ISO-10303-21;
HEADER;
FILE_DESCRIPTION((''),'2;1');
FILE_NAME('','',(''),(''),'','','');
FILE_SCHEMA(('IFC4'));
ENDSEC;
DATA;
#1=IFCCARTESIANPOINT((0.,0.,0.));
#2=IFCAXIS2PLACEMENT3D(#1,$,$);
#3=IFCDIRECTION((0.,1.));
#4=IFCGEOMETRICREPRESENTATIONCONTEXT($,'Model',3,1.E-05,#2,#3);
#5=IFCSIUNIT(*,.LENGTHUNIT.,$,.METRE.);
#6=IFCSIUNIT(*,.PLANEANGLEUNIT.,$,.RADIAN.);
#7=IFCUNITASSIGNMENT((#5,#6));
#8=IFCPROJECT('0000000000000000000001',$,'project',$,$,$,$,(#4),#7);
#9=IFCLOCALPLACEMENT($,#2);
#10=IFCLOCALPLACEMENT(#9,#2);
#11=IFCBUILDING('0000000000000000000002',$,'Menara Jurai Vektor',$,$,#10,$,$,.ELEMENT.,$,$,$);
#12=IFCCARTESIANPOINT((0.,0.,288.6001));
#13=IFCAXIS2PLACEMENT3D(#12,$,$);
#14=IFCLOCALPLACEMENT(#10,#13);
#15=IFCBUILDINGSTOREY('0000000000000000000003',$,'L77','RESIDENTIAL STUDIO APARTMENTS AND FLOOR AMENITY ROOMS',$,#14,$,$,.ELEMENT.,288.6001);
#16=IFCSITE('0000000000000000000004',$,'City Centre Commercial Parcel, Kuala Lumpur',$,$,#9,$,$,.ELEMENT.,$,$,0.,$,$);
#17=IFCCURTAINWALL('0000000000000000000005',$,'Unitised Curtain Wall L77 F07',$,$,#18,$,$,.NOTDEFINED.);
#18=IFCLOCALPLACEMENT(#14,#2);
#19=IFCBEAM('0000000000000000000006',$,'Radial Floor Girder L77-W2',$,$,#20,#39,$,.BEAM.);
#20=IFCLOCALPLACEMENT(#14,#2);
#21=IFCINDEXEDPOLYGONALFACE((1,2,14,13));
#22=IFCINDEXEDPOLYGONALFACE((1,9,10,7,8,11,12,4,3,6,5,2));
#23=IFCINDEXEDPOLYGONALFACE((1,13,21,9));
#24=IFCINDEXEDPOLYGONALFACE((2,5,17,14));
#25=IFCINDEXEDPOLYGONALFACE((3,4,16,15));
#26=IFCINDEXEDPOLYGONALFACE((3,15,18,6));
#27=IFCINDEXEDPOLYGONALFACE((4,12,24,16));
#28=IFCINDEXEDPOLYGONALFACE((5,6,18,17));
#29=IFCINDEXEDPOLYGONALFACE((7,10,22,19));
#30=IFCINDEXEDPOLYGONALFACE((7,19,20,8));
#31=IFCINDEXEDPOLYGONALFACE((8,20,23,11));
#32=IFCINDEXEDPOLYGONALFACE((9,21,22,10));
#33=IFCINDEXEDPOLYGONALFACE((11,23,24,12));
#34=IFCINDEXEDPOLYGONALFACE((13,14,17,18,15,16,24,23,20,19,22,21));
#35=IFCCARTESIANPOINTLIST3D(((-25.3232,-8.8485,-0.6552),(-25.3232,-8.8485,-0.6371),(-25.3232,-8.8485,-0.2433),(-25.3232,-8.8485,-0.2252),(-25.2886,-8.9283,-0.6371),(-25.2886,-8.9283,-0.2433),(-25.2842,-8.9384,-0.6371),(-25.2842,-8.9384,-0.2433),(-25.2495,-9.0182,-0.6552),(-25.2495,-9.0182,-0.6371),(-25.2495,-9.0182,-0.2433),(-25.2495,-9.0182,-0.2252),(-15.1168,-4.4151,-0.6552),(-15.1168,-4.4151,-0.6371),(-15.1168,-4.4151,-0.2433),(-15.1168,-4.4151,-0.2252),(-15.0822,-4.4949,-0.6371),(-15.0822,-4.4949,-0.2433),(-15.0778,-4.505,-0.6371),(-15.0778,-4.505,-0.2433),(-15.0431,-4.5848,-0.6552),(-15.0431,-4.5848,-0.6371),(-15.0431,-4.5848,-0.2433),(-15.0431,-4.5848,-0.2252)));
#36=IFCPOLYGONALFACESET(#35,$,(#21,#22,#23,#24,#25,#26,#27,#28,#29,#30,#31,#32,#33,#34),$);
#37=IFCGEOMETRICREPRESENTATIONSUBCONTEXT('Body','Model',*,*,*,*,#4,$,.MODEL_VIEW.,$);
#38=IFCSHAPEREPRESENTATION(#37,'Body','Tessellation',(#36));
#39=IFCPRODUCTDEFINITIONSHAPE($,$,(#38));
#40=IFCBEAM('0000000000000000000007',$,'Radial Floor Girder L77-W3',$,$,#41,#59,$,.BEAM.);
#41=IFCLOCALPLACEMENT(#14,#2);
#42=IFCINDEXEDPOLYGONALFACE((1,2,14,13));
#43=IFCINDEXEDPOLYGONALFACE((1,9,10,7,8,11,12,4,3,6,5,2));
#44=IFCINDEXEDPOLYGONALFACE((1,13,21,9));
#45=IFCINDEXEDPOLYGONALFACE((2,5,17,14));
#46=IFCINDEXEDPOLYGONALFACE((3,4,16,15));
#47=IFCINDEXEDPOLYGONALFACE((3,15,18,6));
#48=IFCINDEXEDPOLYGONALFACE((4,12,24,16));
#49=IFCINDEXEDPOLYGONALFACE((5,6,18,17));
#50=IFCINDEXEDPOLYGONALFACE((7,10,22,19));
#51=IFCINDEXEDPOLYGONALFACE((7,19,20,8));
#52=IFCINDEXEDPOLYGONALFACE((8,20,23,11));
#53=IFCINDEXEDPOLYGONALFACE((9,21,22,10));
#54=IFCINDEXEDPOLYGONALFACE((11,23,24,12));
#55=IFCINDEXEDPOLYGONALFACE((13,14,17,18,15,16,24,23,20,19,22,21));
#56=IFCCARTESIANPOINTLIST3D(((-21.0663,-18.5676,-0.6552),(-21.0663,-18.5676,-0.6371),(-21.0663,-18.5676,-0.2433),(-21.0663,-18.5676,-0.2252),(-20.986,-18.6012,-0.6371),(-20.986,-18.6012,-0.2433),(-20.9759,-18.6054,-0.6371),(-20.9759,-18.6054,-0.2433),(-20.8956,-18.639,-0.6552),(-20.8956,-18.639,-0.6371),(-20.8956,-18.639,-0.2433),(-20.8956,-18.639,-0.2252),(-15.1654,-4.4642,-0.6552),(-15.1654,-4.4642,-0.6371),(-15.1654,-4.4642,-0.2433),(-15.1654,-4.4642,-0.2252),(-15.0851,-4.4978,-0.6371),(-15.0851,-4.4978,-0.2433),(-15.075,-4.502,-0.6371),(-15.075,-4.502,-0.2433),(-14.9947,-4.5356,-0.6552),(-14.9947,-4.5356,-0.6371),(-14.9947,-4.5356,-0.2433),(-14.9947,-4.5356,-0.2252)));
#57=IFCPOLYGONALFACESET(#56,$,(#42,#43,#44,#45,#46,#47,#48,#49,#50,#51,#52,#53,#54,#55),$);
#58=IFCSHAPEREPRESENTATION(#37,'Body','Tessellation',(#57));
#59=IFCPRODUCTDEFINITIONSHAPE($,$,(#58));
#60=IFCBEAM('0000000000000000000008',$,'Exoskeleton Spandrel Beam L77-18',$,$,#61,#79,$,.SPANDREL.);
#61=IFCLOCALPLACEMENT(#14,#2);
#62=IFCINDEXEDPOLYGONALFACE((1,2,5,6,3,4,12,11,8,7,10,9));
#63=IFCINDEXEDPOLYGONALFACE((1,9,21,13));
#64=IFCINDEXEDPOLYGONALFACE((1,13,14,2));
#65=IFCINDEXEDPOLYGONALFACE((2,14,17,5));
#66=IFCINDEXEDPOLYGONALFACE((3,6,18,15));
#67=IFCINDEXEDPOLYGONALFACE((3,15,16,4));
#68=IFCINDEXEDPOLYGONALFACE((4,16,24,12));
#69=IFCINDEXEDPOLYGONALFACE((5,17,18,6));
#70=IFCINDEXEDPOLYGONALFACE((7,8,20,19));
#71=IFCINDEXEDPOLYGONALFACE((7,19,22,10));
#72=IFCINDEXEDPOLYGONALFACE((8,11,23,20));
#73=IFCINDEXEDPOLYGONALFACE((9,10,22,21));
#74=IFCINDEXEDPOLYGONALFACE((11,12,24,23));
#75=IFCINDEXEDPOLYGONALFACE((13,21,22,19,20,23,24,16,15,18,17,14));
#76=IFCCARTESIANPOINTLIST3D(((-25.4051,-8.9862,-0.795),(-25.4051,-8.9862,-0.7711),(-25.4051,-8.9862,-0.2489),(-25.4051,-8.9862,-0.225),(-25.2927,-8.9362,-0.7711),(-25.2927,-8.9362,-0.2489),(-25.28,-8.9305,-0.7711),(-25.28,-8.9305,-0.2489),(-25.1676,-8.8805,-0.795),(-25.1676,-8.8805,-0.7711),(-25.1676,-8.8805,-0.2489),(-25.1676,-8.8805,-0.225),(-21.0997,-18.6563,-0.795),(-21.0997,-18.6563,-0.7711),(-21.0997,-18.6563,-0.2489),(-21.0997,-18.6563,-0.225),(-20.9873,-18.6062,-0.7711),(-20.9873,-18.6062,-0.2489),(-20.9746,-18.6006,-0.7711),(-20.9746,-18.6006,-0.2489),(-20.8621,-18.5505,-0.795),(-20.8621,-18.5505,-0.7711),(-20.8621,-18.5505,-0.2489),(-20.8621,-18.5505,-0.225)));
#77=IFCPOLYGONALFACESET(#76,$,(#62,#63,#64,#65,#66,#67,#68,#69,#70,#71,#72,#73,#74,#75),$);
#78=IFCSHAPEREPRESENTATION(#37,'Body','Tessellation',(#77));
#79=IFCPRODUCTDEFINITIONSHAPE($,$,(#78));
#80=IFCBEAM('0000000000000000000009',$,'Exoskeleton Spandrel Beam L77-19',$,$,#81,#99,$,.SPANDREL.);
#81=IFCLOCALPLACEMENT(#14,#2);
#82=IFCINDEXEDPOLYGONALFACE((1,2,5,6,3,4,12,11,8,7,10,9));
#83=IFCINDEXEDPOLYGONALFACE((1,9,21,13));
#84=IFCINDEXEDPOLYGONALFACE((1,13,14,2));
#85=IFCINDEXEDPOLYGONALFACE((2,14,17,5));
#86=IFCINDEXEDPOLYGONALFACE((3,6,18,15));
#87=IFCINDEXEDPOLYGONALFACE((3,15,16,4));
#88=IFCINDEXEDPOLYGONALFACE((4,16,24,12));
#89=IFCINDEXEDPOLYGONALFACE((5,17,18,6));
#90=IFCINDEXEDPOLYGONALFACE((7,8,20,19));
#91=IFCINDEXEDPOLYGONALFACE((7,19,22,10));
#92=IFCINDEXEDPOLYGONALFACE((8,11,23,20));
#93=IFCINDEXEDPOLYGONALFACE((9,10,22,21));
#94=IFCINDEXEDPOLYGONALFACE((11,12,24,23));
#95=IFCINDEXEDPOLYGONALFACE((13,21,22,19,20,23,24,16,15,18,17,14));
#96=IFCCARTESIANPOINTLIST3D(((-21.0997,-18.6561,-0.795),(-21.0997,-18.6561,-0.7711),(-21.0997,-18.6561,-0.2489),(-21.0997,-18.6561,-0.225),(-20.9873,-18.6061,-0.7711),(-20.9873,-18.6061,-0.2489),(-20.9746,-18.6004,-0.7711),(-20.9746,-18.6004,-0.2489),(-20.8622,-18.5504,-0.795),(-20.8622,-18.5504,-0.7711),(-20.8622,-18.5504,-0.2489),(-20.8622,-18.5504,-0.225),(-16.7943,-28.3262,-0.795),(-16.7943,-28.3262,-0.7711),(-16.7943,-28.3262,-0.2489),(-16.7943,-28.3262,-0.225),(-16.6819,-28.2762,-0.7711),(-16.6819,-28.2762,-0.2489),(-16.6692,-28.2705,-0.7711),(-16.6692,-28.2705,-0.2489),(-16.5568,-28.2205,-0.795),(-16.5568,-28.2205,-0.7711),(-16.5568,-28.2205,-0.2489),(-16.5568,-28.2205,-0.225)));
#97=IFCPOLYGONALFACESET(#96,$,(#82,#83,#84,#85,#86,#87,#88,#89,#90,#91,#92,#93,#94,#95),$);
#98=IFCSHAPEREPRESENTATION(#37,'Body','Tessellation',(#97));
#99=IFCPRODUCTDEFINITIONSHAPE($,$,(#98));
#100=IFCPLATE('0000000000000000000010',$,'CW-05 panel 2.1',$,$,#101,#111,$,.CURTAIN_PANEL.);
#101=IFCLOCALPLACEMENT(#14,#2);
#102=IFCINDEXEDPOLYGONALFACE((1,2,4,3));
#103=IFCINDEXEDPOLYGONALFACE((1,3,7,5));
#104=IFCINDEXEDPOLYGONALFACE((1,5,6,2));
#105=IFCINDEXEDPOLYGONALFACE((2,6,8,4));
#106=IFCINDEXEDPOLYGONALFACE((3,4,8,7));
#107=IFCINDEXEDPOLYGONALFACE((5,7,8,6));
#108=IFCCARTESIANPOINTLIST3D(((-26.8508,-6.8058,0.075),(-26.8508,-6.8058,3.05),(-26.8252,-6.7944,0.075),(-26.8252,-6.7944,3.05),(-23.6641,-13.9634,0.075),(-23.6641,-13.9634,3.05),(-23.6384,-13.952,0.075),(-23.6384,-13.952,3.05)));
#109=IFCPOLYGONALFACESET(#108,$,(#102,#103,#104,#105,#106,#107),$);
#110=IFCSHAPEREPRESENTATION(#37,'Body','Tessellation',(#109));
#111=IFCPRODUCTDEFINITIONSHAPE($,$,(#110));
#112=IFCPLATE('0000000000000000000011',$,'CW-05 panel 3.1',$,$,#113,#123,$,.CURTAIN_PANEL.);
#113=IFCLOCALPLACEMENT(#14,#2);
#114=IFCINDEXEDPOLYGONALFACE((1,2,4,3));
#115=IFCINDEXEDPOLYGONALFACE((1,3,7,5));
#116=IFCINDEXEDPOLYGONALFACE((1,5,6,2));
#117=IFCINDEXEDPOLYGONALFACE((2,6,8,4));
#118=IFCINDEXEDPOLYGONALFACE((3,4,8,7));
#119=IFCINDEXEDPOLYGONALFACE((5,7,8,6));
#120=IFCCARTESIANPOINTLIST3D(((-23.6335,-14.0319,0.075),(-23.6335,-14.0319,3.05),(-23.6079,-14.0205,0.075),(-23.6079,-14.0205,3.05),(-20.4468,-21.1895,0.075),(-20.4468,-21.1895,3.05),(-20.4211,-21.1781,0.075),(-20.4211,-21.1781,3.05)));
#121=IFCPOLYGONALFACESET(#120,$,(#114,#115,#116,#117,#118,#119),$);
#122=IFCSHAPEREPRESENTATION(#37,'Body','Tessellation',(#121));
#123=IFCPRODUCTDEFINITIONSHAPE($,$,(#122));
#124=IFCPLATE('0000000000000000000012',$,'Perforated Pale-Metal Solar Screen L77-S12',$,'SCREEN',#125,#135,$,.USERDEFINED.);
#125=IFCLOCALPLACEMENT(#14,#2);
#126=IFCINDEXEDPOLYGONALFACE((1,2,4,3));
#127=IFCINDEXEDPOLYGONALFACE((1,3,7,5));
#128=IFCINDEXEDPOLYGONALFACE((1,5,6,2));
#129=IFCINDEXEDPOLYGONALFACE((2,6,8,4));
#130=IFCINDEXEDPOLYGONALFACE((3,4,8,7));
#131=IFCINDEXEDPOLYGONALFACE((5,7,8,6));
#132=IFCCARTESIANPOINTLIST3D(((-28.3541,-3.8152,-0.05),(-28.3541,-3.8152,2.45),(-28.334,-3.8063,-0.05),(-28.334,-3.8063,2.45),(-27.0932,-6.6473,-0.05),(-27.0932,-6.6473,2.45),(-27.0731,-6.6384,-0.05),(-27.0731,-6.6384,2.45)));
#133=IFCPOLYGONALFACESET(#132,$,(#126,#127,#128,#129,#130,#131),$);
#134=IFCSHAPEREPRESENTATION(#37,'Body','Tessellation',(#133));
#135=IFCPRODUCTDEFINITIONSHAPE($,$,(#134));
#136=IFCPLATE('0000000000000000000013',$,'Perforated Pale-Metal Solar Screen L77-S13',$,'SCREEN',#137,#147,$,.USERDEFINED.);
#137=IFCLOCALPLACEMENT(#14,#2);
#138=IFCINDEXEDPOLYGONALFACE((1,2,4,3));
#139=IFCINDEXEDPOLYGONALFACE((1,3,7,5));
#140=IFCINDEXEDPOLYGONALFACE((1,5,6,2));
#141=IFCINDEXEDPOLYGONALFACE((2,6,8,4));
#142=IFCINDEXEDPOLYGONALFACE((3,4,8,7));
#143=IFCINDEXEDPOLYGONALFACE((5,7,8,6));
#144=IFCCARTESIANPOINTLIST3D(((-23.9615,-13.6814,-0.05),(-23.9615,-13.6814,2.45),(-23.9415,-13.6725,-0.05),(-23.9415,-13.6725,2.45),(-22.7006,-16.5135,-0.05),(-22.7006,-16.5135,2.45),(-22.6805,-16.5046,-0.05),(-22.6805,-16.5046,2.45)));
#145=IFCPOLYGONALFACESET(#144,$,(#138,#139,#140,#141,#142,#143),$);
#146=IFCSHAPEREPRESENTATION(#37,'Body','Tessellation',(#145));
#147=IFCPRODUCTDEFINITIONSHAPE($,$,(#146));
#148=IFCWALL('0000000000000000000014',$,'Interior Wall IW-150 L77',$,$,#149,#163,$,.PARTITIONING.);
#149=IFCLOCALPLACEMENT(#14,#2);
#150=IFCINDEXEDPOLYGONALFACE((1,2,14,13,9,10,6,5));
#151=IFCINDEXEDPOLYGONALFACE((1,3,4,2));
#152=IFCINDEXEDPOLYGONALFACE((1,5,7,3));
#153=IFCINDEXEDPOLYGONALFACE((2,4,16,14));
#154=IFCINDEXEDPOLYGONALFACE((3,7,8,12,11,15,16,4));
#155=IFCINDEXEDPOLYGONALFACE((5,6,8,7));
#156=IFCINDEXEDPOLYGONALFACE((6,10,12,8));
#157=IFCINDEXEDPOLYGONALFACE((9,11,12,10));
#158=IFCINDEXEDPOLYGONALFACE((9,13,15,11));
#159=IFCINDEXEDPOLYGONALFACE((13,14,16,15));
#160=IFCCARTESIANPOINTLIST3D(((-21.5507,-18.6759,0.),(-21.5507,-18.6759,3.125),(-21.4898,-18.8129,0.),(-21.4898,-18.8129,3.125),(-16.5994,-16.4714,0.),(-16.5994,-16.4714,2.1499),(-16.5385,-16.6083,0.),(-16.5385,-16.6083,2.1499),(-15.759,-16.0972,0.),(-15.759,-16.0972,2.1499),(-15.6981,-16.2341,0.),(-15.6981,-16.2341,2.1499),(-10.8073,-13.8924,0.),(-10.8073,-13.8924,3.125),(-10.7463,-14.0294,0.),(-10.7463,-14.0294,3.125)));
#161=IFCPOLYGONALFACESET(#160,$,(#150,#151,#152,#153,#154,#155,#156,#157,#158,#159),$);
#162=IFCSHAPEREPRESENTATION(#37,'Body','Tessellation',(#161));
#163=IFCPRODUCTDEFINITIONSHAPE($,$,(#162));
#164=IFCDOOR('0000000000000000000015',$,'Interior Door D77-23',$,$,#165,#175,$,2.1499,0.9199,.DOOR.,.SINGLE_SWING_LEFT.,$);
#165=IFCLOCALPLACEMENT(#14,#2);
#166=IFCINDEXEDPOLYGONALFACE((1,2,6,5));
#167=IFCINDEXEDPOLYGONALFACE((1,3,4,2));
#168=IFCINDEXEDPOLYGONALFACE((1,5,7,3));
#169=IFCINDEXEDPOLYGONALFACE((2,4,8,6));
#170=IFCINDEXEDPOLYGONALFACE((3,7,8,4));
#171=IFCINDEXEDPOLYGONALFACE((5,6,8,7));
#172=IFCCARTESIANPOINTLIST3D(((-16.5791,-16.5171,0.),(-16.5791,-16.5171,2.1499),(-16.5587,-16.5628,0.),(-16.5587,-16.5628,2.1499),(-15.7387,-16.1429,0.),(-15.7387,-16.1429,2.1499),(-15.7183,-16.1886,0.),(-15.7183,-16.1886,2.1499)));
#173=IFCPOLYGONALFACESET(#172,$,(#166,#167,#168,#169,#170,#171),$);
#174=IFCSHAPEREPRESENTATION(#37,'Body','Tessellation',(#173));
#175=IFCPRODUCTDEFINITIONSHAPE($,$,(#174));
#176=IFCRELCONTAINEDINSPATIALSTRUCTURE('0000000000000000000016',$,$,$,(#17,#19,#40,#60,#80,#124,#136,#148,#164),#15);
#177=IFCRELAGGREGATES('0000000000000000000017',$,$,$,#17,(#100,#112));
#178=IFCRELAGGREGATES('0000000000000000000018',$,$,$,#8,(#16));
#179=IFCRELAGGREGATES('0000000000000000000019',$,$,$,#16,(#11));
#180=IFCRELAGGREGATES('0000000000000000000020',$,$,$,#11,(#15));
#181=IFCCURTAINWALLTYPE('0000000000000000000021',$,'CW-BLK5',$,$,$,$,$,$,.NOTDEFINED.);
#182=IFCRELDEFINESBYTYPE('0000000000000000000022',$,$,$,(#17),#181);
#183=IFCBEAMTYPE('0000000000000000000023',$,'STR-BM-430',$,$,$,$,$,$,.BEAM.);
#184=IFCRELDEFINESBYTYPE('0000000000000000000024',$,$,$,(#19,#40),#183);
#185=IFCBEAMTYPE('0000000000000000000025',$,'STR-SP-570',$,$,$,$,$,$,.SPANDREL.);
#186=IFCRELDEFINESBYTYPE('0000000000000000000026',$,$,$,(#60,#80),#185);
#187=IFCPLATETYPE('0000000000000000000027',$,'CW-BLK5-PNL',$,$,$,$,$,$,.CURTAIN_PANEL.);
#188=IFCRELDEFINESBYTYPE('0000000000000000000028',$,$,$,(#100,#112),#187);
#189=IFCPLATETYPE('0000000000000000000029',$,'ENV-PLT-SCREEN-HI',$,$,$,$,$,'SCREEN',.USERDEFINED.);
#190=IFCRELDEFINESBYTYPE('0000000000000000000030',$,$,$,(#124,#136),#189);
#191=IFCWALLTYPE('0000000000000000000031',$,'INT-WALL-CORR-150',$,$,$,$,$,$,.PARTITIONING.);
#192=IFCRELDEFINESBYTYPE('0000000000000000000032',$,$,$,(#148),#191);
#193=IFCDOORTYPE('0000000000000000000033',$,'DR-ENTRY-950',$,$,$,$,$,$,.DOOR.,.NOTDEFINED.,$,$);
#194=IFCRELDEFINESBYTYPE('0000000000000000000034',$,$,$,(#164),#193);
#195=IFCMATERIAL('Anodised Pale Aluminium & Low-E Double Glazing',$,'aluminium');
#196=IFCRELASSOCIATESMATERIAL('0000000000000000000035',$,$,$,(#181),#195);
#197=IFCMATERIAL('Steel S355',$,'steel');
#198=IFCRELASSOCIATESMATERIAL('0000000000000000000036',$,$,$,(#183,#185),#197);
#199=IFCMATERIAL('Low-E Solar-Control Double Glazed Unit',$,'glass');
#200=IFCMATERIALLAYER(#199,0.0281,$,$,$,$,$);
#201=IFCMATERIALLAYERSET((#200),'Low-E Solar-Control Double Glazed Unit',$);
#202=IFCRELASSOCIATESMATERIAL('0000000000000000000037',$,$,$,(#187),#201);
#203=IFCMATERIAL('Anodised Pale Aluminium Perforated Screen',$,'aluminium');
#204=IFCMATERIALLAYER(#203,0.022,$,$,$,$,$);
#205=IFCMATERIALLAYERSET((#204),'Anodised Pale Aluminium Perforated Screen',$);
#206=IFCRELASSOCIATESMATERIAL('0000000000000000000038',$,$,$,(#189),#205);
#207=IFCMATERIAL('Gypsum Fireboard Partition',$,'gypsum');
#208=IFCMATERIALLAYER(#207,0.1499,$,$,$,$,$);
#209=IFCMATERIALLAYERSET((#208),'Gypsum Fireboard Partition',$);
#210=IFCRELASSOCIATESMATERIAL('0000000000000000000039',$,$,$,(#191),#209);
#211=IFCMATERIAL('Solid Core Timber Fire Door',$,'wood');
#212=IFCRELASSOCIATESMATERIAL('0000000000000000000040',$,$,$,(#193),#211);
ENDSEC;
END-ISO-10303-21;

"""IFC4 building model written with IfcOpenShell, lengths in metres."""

from ifc_helpers import new_model, si_unit, direction, frame, frame_2d, origin, origin_2d, place, context, subcontext, project, spatial, rectangle, i_section, extrude, material, layer, layer_set, material_profile, profile_set, type_object, element, fill, aggregate, save


model = new_model("IFC4")

# Units and contexts
model_context = context("Model", 3, precision=1e-05, world=origin(), true_north=direction((0.0, 1.0)))
body_context = subcontext(model_context, "Body", "Model", "MODEL_VIEW")
ifc_project = project(units=[si_unit("LENGTHUNIT", "METRE"), si_unit("PLANEANGLEUNIT", "RADIAN")], contexts=[model_context])

# Site, building, storey
site_placement = place(None, origin())
site = spatial("IfcSite", under=ifc_project, at=site_placement, Name="City Centre Commercial Parcel, Kuala Lumpur", CompositionType="ELEMENT", RefElevation=0.0)
building_placement = place(site_placement, origin())
building = spatial("IfcBuilding", under=site, at=building_placement, Name="Menara Jurai Vektor", CompositionType="ELEMENT")
storey_placement = place(building_placement, frame((0.0, 0.0, 288.6001)))
storey = spatial("IfcBuildingStorey", under=building, at=storey_placement, Name="L77", Description="RESIDENTIAL STUDIO APARTMENTS AND FLOOR AMENITY ROOMS", CompositionType="ELEMENT", Elevation=288.6001)

# Curtain wall
ifc_material_1 = material(Name="Anodised Pale Aluminium & Low-E Double Glazing", Category="aluminium")
curtain_wall_type = type_object("IfcCurtainWallType", Name="CW-BLK5", PredefinedType="NOTDEFINED", material=ifc_material_1)
curtain_wall_placement = place(storey_placement, origin())
curtain_wall = element("IfcCurtainWall", 1, at=curtain_wall_placement, inside=storey, type_object=curtain_wall_type, Name="Unitised Curtain Wall L77 F07", PredefinedType="NOTDEFINED")

# Beams
ifc_material_2 = material(Name="Steel S355", Category="steel")
ifc_material_profile_1 = material_profile(ifc_material_2, i_section(OverallWidth=0.1851, OverallDepth=0.4299, WebThickness=0.011, FlangeThickness=0.0181, at=origin_2d()), Name="PG 430x185x76")
ifc_profile_set_1 = profile_set([ifc_material_profile_1], Name="Steel S355")
beam_type_1 = type_object("IfcBeamType", Name="STR-BM-430", PredefinedType="BEAM", material=ifc_profile_set_1)
beam_1_placement = place(storey_placement, frame((-25.2864, -8.9333, -0.4402), z_axis=(0.917207, 0.398411, 0.0), x_axis=(-0.398411, 0.917207, 0.0)))
element("IfcBeam", 2, at=beam_1_placement, inside=storey, type_object=beam_type_1, Name="Radial Floor Girder L77-W2", PredefinedType="BEAM", context=body_context, shape_type="SweptSolid", body=[
    extrude(i_section(OverallWidth=0.1851, OverallDepth=0.4299, WebThickness=0.011, FlangeThickness=0.0181, at=origin_2d()), origin(), (0.0, 0.0, 1.0), 11.1277),
])
beam_2_placement = place(storey_placement, frame((-20.981, -18.6033, -0.4402), z_axis=(0.385981, 0.922507, 0.0), x_axis=(-0.922507, 0.385981, 0.0)))
element("IfcBeam", 3, at=beam_2_placement, inside=storey, type_object=beam_type_1, Name="Radial Floor Girder L77-W3", PredefinedType="BEAM", context=body_context, shape_type="SweptSolid", body=[
    extrude(i_section(OverallWidth=0.1851, OverallDepth=0.4299, WebThickness=0.011, FlangeThickness=0.0181, at=origin_2d()), origin(), (0.0, 0.0, 1.0), 15.2881),
])
ifc_material_profile_2 = material_profile(ifc_material_2, i_section(OverallWidth=0.26, OverallDepth=0.5701, WebThickness=0.0139, FlangeThickness=0.0239, at=origin_2d()), Name="PG 570x260x145")
ifc_profile_set_2 = profile_set([ifc_material_profile_2], Name="Steel S355")
beam_type_2 = type_object("IfcBeamType", Name="STR-SP-570", PredefinedType="SPANDREL", material=ifc_profile_set_2)
for number, where, z_axis, x_axis, name in (
    (4, (-25.2864, -8.9333, -0.51), (0.406744, -0.913542, 0.0), (0.913542, 0.406744, 0.0), "Exoskeleton Spandrel Beam L77-18"),
    (5, (-20.981, -18.6033, -0.51), (0.406735, -0.913546, 0.0), (0.913546, 0.406735, 0.0), "Exoskeleton Spandrel Beam L77-19"),
):
    element("IfcBeam", number, at=place(storey_placement, frame(where, z_axis=z_axis, x_axis=x_axis)), inside=storey, type_object=beam_type_2, Name=name, PredefinedType="SPANDREL", context=body_context, shape_type="SweptSolid", body=[
        extrude(i_section(OverallWidth=0.26, OverallDepth=0.5701, WebThickness=0.0139, FlangeThickness=0.0239, at=origin_2d()), origin(), (0.0, 0.0, 1.0), 10.5852),
    ])

# Plates
ifc_material_3 = material(Name="Low-E Solar-Control Double Glazed Unit", Category="glass")
ifc_layer_1 = layer(ifc_material_3, 0.0281)
ifc_layer_set_1 = layer_set([ifc_layer_1], Name="Low-E Solar-Control Double Glazed Unit")
plate_type_1 = type_object("IfcPlateType", Name="CW-BLK5-PNL", PredefinedType="CURTAIN_PANEL", material=ifc_layer_set_1)
plate_1_placement = place(storey_placement, frame((-25.2446, -10.3789, 0.075), z_axis=(0.0, 0.0, 1.0), x_axis=(0.406735, -0.913546, 0.0)))
plate_1 = element("IfcPlate", 6, at=plate_1_placement, type_object=plate_type_1, Name="CW-05 panel 2.1", PredefinedType="CURTAIN_PANEL", context=body_context, shape_type="SweptSolid", body=[
    extrude(rectangle(XDim=7.835, YDim=0.0281, at=origin_2d()), origin(), (0.0, 0.0, 1.0), 2.9751),
])
plate_2_placement = place(storey_placement, frame((-22.0273, -17.605, 0.075), z_axis=(0.0, 0.0, 1.0), x_axis=(0.406735, -0.913546, 0.0)))
plate_2 = element("IfcPlate", 7, at=plate_2_placement, type_object=plate_type_1, Name="CW-05 panel 3.1", PredefinedType="CURTAIN_PANEL", context=body_context, shape_type="SweptSolid", body=[
    extrude(rectangle(XDim=7.835, YDim=0.0281, at=origin_2d()), origin(), (0.0, 0.0, 1.0), 2.9751),
])
aggregate(curtain_wall, [plate_1, plate_2])

# Plates
ifc_material_4 = material(Name="Anodised Pale Aluminium Perforated Screen", Category="aluminium")
ifc_layer_2 = layer(ifc_material_4, 0.022)
ifc_layer_set_2 = layer_set([ifc_layer_2], Name="Anodised Pale Aluminium Perforated Screen")
plate_type_2 = type_object("IfcPlateType", Name="ENV-PLT-SCREEN-HI", ElementType="SCREEN", PredefinedType="USERDEFINED", material=ifc_layer_set_2)
for number, where, z_axis, x_axis, name in (
    (8, (-27.7136, -5.2268, -0.05), (0.0, 0.0, 1.0), (0.406737, -0.913545, 0.0), "Perforated Pale-Metal Solar Screen L77-S12"),
    (9, (-23.321, -15.093, -0.05), (0.0, 0.0, 1.0), (0.406737, -0.913545, 0.0), "Perforated Pale-Metal Solar Screen L77-S13"),
):
    element("IfcPlate", number, at=place(storey_placement, frame(where, z_axis=z_axis, x_axis=x_axis)), inside=storey, type_object=plate_type_2, Name=name, ObjectType="SCREEN", PredefinedType="USERDEFINED", context=body_context, shape_type="SweptSolid", body=[
        extrude(rectangle(XDim=3.1001, YDim=0.022, at=origin_2d()), origin(), (0.0, 0.0, 1.0), 2.5),
    ])

# Wall, opening, door
ifc_material_5 = material(Name="Gypsum Fireboard Partition", Category="gypsum")
ifc_layer_3 = layer(ifc_material_5, 0.1499)
ifc_layer_set_3 = layer_set([ifc_layer_3], Name="Gypsum Fireboard Partition")
wall_type_1 = type_object("IfcWallType", Name="INT-WALL-CORR-150", PredefinedType="PARTITIONING", material=ifc_layer_set_3)
wall_1_placement = place(storey_placement, frame((-21.5203, -18.7444, 0.0), z_axis=(0.0, 0.0, 1.0), x_axis=(0.91354, 0.406749, 0.0)))
wall_1 = element("IfcWall", 10, at=wall_1_placement, inside=storey, type_object=wall_type_1, Name="Interior Wall IW-150 L77", PredefinedType="PARTITIONING", context=body_context, shape_type="SweptSolid", body=[
    extrude(rectangle(XDim=11.7603, YDim=0.1499, at=frame_2d((5.8801, 0.0))), origin(), (0.0, 0.0, 1.0), 3.125),
])
opening_1_placement = place(wall_1_placement, frame((5.4199, 0.0, 0.0)))
opening_1 = element("IfcOpeningElement", 11, at=opening_1_placement, cuts=wall_1, PredefinedType="OPENING", context=body_context, shape_type="SweptSolid", body=[
    extrude(rectangle(XDim=0.9199, YDim=2.1499, at=frame_2d((0.46, 1.075))), frame((0.0, 0.085, 0.0), z_axis=(0.0, -1.0, 0.0), x_axis=(1.0, 0.0, 0.0)), (0.0, 0.0, 1.0), 0.1699),
])
ifc_material_6 = material(Name="Solid Core Timber Fire Door", Category="wood")
door_type = type_object("IfcDoorType", Name="DR-ENTRY-950", OperationType="NOTDEFINED", PredefinedType="DOOR", material=ifc_material_6)
door_1_placement = place(opening_1_placement, origin())
door_1 = element("IfcDoor", 12, at=door_1_placement, inside=storey, type_object=door_type, Name="Interior Door D77-23", OperationType="SINGLE_SWING_LEFT", OverallHeight=2.1499, OverallWidth=0.9199, PredefinedType="DOOR", context=body_context, shape_type="SweptSolid", body=[
    extrude(rectangle(XDim=0.9199, YDim=2.1499, at=frame_2d((0.46, 1.075))), frame((0.0, 0.0249, 0.0), z_axis=(0.0, -1.0, 0.0), x_axis=(1.0, 0.0, 0.0)), (0.0, 0.0, 1.0), 0.05),
])
fill(opening_1, door_1)

save(model, "model.ifc")
